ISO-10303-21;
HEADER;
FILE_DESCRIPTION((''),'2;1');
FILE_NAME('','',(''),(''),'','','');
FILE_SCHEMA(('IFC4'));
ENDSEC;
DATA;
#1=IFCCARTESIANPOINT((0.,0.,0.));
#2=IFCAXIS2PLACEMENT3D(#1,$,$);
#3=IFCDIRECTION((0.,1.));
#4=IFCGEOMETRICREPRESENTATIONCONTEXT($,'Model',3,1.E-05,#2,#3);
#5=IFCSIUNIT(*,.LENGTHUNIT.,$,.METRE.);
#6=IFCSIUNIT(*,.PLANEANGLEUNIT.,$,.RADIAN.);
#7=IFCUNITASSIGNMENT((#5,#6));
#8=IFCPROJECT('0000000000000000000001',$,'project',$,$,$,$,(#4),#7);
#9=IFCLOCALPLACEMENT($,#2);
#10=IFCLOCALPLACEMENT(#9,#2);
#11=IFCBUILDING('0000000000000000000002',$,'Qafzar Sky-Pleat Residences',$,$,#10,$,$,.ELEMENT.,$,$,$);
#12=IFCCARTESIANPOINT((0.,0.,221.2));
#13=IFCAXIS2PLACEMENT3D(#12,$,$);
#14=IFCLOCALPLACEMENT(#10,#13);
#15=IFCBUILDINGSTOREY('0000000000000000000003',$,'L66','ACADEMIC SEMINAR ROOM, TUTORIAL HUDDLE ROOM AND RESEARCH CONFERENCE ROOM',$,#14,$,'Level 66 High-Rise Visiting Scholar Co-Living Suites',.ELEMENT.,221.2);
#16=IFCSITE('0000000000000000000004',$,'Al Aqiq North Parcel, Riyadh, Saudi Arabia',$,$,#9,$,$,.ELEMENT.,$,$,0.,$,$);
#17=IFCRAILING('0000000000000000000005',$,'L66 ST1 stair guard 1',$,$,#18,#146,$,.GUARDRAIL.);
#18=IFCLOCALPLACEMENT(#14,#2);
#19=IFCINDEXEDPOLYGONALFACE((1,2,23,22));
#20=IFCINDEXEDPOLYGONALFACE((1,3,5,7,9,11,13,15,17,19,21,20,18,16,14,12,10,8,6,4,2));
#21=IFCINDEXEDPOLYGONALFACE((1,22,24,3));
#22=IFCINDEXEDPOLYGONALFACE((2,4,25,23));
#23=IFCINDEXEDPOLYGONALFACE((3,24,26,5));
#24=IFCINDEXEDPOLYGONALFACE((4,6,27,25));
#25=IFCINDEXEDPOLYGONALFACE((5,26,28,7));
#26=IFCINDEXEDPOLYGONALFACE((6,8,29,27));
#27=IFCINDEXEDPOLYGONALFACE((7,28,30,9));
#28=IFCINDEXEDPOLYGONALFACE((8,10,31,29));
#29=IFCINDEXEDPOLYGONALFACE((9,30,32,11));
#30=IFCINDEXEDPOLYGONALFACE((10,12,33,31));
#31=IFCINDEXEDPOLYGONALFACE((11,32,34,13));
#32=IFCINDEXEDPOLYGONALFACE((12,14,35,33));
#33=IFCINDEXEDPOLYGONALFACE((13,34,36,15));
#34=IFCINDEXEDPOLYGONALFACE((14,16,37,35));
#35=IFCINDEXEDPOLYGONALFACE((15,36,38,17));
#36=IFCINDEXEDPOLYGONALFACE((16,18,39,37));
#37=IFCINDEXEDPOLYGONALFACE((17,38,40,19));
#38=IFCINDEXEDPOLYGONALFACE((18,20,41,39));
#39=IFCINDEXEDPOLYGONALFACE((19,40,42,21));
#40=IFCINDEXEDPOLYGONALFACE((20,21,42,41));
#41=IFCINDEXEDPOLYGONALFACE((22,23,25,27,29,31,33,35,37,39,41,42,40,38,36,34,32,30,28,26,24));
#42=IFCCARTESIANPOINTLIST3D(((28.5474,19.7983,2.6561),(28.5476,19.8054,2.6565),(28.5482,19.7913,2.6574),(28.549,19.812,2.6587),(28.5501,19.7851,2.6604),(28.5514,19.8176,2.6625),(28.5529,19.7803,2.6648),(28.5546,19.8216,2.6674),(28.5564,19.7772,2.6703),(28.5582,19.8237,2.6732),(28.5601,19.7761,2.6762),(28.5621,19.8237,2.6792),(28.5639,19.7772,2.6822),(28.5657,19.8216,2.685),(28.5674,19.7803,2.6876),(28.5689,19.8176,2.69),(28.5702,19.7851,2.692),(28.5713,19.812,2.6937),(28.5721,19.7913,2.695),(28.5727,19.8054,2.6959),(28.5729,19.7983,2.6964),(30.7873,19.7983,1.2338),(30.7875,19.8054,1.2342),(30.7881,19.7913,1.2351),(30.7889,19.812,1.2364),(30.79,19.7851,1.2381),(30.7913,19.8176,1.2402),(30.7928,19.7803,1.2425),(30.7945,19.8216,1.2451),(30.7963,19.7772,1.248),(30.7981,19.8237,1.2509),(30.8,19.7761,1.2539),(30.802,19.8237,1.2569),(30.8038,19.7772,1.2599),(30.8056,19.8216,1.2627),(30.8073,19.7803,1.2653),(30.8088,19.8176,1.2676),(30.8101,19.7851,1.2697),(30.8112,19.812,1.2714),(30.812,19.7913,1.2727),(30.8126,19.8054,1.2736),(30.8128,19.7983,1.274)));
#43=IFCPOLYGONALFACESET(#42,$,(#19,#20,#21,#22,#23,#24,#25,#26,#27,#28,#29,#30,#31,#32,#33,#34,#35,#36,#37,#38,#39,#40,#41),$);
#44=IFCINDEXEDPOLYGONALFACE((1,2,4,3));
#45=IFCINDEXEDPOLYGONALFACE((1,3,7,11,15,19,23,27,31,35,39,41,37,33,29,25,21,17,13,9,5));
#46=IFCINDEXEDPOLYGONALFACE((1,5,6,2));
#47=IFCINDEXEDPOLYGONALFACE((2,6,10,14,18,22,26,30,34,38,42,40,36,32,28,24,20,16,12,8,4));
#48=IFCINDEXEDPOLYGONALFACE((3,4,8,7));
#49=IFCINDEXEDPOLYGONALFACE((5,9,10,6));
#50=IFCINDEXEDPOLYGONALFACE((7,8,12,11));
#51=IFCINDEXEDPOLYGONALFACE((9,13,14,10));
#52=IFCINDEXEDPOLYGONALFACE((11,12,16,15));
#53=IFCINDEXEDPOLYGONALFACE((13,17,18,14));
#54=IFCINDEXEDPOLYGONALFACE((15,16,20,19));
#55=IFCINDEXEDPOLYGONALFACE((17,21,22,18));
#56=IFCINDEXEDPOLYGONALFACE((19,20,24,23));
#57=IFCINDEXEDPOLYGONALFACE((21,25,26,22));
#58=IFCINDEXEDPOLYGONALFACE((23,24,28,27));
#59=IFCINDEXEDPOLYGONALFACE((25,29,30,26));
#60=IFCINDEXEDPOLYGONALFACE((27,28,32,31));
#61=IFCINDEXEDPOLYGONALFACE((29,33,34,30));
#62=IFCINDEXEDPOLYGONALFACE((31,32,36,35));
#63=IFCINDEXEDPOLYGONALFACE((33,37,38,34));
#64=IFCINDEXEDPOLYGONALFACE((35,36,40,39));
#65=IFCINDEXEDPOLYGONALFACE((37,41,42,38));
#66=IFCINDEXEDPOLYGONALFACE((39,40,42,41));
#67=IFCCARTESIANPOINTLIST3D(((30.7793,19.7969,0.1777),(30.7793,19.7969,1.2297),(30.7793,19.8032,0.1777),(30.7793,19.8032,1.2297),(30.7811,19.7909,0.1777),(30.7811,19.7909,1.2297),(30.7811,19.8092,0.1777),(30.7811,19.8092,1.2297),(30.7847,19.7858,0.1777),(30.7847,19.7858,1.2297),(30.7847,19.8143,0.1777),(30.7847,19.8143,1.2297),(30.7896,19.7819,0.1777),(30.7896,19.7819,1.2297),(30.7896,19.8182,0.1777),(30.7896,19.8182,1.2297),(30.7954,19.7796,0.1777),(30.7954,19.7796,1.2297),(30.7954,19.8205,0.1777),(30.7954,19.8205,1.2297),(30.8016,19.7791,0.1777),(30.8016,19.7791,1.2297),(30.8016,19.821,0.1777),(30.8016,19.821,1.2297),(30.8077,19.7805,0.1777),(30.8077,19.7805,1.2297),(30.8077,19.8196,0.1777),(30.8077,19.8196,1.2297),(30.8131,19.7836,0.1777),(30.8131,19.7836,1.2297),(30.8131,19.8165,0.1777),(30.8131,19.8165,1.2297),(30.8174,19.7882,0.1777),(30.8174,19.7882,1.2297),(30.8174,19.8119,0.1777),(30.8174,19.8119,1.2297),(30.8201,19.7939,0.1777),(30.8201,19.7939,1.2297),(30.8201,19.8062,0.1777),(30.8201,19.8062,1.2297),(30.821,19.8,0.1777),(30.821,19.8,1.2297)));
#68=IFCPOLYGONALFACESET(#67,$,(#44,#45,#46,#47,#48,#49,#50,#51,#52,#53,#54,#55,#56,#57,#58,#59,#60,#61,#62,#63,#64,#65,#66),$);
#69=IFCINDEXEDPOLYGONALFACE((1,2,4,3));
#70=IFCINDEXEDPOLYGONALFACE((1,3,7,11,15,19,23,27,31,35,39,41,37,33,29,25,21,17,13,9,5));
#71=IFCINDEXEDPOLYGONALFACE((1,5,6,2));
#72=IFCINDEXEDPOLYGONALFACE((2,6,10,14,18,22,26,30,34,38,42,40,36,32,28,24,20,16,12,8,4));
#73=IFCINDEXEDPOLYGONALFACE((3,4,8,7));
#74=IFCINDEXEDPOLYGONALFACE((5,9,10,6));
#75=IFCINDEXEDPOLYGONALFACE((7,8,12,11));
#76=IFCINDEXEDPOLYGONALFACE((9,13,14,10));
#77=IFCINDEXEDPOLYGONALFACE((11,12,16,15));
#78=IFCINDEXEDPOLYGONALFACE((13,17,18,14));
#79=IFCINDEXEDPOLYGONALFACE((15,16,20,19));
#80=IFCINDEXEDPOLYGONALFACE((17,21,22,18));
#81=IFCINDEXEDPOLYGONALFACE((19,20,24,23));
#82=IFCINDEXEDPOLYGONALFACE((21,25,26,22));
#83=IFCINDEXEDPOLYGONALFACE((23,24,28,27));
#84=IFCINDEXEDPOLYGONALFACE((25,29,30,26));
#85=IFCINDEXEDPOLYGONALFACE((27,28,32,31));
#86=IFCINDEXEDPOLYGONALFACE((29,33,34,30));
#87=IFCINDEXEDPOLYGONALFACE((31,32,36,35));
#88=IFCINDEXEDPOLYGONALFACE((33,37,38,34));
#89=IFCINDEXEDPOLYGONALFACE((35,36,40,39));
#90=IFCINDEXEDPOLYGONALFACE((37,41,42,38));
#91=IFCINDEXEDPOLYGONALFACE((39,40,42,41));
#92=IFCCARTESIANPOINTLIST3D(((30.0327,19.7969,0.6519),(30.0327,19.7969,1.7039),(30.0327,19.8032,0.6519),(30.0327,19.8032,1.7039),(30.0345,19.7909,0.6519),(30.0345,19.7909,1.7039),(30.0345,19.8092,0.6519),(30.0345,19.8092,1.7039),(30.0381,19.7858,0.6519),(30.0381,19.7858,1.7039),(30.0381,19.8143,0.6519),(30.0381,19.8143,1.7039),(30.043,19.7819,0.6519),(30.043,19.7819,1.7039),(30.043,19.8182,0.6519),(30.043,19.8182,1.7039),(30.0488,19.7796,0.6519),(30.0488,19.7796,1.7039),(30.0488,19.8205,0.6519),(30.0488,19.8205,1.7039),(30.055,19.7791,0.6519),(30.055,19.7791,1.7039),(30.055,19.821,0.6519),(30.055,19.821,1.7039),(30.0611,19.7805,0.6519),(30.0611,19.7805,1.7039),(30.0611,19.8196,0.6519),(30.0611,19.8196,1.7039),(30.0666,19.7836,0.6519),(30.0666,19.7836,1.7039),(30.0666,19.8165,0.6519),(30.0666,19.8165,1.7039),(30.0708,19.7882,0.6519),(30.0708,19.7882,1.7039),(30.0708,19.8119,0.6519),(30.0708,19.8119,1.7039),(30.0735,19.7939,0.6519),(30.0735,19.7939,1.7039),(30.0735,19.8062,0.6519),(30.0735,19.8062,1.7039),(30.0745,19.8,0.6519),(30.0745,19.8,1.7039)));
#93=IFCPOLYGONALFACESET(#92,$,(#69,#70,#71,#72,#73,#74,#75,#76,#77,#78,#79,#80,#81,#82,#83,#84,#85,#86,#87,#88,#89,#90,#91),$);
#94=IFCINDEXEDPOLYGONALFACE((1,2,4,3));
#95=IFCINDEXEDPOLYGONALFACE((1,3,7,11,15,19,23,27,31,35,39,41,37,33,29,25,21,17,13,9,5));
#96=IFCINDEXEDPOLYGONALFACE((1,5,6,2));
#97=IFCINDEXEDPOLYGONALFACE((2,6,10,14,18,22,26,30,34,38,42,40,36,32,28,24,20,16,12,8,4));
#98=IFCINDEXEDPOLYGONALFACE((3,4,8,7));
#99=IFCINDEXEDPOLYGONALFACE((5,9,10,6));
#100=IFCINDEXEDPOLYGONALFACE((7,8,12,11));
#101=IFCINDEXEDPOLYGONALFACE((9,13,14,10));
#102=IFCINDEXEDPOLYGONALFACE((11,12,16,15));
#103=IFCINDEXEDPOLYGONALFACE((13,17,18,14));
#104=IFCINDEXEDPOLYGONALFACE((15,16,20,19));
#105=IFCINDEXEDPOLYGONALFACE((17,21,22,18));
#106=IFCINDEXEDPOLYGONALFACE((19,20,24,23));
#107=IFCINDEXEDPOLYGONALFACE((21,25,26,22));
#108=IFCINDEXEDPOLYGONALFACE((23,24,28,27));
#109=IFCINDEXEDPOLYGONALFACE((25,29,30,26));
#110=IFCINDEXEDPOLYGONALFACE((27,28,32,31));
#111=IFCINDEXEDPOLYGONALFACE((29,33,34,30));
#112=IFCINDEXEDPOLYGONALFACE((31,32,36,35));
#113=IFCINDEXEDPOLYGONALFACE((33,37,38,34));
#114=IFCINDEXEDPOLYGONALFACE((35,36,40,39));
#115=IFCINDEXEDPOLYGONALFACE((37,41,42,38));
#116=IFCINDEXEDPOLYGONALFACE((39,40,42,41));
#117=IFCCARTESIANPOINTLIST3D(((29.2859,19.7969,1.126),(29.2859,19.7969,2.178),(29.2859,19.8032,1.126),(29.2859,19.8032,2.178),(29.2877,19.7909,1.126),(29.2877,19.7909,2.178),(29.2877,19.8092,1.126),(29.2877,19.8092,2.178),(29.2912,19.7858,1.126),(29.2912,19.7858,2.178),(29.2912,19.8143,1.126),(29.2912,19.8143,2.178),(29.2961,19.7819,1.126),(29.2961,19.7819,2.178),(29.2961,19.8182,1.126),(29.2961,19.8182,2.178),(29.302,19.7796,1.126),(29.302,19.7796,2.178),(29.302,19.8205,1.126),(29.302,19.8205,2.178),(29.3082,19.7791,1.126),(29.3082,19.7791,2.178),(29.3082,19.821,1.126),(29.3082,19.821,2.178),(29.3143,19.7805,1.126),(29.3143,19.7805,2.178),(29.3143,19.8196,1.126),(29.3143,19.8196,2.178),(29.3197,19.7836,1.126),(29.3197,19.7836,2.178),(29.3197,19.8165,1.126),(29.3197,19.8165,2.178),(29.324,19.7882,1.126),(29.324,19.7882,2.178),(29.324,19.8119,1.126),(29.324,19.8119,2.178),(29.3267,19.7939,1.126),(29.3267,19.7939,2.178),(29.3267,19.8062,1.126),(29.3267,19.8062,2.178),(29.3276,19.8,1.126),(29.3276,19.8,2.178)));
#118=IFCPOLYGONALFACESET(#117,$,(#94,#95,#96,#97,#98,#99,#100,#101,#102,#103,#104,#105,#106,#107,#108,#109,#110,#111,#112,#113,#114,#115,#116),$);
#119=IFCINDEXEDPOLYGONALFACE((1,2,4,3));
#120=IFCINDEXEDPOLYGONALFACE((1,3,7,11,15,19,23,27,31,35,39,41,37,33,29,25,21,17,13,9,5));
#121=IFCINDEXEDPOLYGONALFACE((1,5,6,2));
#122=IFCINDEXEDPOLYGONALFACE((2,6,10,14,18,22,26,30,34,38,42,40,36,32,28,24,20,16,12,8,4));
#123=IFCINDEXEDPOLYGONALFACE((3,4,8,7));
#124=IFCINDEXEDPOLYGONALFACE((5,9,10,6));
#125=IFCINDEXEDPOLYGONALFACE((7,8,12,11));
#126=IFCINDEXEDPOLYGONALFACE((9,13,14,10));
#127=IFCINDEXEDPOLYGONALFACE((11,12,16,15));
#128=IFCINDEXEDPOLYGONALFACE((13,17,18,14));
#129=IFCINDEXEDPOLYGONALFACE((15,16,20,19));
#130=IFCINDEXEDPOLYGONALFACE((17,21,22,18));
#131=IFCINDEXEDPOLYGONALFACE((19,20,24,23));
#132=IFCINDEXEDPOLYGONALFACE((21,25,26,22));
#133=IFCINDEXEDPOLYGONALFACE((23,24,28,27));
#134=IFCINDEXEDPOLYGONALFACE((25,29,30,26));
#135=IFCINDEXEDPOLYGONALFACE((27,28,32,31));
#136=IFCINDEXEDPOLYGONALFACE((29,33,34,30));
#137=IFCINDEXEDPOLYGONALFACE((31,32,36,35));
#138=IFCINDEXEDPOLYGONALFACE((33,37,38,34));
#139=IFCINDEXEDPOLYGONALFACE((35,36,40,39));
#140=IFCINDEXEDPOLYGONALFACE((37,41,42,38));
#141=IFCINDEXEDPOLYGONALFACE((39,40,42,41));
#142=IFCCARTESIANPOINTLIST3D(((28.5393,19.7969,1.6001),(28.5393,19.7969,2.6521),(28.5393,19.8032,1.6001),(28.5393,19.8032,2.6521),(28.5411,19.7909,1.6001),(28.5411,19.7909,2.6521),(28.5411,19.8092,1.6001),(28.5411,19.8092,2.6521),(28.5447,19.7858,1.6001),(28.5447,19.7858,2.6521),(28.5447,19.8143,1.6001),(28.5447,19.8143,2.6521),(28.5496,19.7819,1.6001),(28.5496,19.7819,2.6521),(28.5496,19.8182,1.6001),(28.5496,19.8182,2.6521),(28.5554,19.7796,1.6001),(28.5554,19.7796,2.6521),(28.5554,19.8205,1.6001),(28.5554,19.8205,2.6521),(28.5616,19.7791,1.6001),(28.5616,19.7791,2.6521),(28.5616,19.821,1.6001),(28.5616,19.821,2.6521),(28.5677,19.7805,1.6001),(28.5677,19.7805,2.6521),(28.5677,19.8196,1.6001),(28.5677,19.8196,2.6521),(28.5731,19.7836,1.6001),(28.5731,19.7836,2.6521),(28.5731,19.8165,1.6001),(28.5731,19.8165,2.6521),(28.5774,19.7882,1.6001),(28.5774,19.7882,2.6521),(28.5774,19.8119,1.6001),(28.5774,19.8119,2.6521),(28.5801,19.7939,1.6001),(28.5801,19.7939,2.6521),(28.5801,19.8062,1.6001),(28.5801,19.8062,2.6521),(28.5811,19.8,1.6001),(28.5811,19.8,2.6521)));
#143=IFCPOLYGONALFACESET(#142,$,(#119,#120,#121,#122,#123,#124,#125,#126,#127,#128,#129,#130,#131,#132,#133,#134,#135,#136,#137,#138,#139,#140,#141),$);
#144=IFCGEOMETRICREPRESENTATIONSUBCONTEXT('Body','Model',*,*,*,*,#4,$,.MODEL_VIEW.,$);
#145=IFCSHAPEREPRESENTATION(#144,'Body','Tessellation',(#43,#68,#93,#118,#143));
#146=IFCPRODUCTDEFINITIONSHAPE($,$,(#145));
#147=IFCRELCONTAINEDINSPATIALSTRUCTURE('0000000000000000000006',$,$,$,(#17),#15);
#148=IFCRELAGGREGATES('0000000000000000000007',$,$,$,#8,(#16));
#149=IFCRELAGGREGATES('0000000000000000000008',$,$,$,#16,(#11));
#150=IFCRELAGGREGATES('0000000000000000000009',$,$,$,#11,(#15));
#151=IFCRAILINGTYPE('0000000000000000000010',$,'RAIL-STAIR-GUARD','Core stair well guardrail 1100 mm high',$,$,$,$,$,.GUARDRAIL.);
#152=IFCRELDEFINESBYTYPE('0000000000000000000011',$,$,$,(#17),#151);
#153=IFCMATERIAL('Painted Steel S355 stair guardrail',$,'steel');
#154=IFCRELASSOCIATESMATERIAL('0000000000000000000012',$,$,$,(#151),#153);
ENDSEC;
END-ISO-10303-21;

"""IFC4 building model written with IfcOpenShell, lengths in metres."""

from ifc_helpers import new_model, si_unit, direction, frame, origin, origin_2d, place, context, subcontext, project, spatial, circle, extrude, source, transform, mapped, material, type_object, element, save


model = new_model("IFC4")

# Units and contexts
model_context = context("Model", 3, precision=1e-05, world=origin(), true_north=direction((0.0, 1.0)))
body_context = subcontext(model_context, "Body", "Model", "MODEL_VIEW")
ifc_project = project(units=[si_unit("LENGTHUNIT", "METRE"), si_unit("PLANEANGLEUNIT", "RADIAN")], contexts=[model_context])

# Site, building, storey
site_placement = place(None, origin())
site = spatial("IfcSite", under=ifc_project, at=site_placement, Name="Al Aqiq North Parcel, Riyadh, Saudi Arabia", CompositionType="ELEMENT", RefElevation=0.0)
building_placement = place(site_placement, origin())
building = spatial("IfcBuilding", under=site, at=building_placement, Name="Qafzar Sky-Pleat Residences", CompositionType="ELEMENT")
storey_placement = place(building_placement, frame((0.0, 0.0, 221.2)))
storey = spatial("IfcBuildingStorey", under=building, at=storey_placement, Name="L66", Description="ACADEMIC SEMINAR ROOM, TUTORIAL HUDDLE ROOM AND RESEARCH CONFERENCE ROOM", LongName="Level 66 High-Rise Visiting Scholar Co-Living Suites", CompositionType="ELEMENT", Elevation=221.2)

# Railing
ifc_material_1 = material(Name="Painted Steel S355 stair guardrail", Category="steel")
railing_type_1 = type_object("IfcRailingType", Name="RAIL-STAIR-GUARD", Description="Core stair well guardrail 1100 mm high", PredefinedType="GUARDRAIL", material=ifc_material_1)
shared_shape_1 = source(origin(), body_context, "Body", "SweptSolid", [
    extrude(circle(Radius=0.0239, at=origin_2d()), frame((0.0, 0.0, 1.0762), z_axis=(-0.844188, 0.0, 0.536048), x_axis=(0.0, -1.0, 0.0)), (0.0, 0.0, 1.0), 2.6533),
    extrude(circle(Radius=0.021, at=origin_2d()), origin(), (0.0, 0.0, 1.0), 1.052),
    extrude(circle(Radius=0.021, at=origin_2d()), frame((-0.7466, 0.0, 0.4741)), (0.0, 0.0, 1.0), 1.052),
    extrude(circle(Radius=0.021, at=origin_2d()), frame((-1.4934, 0.0, 0.9482)), (0.0, 0.0, 1.0), 1.052),
    extrude(circle(Radius=0.021, at=origin_2d()), frame((-2.24, 0.0, 1.4224)), (0.0, 0.0, 1.0), 1.052),
])
railing_1_placement = place(storey_placement, frame((30.8, 19.8, 0.1777)))
element("IfcRailing", 1, at=railing_1_placement, inside=storey, type_object=railing_type_1, Name="L66 ST1 stair guard 1", PredefinedType="GUARDRAIL", context=body_context, shape_type="MappedRepresentation", body=[
    mapped(shared_shape_1, transform((0.0, 0.0, 0.0), x_axis=(1.0, 0.0, 0.0), y_axis=(0.0, 1.0, 0.0), z_axis=(0.0, 0.0, 1.0), scale=1.0)),
])

save(model, "model.ifc")
